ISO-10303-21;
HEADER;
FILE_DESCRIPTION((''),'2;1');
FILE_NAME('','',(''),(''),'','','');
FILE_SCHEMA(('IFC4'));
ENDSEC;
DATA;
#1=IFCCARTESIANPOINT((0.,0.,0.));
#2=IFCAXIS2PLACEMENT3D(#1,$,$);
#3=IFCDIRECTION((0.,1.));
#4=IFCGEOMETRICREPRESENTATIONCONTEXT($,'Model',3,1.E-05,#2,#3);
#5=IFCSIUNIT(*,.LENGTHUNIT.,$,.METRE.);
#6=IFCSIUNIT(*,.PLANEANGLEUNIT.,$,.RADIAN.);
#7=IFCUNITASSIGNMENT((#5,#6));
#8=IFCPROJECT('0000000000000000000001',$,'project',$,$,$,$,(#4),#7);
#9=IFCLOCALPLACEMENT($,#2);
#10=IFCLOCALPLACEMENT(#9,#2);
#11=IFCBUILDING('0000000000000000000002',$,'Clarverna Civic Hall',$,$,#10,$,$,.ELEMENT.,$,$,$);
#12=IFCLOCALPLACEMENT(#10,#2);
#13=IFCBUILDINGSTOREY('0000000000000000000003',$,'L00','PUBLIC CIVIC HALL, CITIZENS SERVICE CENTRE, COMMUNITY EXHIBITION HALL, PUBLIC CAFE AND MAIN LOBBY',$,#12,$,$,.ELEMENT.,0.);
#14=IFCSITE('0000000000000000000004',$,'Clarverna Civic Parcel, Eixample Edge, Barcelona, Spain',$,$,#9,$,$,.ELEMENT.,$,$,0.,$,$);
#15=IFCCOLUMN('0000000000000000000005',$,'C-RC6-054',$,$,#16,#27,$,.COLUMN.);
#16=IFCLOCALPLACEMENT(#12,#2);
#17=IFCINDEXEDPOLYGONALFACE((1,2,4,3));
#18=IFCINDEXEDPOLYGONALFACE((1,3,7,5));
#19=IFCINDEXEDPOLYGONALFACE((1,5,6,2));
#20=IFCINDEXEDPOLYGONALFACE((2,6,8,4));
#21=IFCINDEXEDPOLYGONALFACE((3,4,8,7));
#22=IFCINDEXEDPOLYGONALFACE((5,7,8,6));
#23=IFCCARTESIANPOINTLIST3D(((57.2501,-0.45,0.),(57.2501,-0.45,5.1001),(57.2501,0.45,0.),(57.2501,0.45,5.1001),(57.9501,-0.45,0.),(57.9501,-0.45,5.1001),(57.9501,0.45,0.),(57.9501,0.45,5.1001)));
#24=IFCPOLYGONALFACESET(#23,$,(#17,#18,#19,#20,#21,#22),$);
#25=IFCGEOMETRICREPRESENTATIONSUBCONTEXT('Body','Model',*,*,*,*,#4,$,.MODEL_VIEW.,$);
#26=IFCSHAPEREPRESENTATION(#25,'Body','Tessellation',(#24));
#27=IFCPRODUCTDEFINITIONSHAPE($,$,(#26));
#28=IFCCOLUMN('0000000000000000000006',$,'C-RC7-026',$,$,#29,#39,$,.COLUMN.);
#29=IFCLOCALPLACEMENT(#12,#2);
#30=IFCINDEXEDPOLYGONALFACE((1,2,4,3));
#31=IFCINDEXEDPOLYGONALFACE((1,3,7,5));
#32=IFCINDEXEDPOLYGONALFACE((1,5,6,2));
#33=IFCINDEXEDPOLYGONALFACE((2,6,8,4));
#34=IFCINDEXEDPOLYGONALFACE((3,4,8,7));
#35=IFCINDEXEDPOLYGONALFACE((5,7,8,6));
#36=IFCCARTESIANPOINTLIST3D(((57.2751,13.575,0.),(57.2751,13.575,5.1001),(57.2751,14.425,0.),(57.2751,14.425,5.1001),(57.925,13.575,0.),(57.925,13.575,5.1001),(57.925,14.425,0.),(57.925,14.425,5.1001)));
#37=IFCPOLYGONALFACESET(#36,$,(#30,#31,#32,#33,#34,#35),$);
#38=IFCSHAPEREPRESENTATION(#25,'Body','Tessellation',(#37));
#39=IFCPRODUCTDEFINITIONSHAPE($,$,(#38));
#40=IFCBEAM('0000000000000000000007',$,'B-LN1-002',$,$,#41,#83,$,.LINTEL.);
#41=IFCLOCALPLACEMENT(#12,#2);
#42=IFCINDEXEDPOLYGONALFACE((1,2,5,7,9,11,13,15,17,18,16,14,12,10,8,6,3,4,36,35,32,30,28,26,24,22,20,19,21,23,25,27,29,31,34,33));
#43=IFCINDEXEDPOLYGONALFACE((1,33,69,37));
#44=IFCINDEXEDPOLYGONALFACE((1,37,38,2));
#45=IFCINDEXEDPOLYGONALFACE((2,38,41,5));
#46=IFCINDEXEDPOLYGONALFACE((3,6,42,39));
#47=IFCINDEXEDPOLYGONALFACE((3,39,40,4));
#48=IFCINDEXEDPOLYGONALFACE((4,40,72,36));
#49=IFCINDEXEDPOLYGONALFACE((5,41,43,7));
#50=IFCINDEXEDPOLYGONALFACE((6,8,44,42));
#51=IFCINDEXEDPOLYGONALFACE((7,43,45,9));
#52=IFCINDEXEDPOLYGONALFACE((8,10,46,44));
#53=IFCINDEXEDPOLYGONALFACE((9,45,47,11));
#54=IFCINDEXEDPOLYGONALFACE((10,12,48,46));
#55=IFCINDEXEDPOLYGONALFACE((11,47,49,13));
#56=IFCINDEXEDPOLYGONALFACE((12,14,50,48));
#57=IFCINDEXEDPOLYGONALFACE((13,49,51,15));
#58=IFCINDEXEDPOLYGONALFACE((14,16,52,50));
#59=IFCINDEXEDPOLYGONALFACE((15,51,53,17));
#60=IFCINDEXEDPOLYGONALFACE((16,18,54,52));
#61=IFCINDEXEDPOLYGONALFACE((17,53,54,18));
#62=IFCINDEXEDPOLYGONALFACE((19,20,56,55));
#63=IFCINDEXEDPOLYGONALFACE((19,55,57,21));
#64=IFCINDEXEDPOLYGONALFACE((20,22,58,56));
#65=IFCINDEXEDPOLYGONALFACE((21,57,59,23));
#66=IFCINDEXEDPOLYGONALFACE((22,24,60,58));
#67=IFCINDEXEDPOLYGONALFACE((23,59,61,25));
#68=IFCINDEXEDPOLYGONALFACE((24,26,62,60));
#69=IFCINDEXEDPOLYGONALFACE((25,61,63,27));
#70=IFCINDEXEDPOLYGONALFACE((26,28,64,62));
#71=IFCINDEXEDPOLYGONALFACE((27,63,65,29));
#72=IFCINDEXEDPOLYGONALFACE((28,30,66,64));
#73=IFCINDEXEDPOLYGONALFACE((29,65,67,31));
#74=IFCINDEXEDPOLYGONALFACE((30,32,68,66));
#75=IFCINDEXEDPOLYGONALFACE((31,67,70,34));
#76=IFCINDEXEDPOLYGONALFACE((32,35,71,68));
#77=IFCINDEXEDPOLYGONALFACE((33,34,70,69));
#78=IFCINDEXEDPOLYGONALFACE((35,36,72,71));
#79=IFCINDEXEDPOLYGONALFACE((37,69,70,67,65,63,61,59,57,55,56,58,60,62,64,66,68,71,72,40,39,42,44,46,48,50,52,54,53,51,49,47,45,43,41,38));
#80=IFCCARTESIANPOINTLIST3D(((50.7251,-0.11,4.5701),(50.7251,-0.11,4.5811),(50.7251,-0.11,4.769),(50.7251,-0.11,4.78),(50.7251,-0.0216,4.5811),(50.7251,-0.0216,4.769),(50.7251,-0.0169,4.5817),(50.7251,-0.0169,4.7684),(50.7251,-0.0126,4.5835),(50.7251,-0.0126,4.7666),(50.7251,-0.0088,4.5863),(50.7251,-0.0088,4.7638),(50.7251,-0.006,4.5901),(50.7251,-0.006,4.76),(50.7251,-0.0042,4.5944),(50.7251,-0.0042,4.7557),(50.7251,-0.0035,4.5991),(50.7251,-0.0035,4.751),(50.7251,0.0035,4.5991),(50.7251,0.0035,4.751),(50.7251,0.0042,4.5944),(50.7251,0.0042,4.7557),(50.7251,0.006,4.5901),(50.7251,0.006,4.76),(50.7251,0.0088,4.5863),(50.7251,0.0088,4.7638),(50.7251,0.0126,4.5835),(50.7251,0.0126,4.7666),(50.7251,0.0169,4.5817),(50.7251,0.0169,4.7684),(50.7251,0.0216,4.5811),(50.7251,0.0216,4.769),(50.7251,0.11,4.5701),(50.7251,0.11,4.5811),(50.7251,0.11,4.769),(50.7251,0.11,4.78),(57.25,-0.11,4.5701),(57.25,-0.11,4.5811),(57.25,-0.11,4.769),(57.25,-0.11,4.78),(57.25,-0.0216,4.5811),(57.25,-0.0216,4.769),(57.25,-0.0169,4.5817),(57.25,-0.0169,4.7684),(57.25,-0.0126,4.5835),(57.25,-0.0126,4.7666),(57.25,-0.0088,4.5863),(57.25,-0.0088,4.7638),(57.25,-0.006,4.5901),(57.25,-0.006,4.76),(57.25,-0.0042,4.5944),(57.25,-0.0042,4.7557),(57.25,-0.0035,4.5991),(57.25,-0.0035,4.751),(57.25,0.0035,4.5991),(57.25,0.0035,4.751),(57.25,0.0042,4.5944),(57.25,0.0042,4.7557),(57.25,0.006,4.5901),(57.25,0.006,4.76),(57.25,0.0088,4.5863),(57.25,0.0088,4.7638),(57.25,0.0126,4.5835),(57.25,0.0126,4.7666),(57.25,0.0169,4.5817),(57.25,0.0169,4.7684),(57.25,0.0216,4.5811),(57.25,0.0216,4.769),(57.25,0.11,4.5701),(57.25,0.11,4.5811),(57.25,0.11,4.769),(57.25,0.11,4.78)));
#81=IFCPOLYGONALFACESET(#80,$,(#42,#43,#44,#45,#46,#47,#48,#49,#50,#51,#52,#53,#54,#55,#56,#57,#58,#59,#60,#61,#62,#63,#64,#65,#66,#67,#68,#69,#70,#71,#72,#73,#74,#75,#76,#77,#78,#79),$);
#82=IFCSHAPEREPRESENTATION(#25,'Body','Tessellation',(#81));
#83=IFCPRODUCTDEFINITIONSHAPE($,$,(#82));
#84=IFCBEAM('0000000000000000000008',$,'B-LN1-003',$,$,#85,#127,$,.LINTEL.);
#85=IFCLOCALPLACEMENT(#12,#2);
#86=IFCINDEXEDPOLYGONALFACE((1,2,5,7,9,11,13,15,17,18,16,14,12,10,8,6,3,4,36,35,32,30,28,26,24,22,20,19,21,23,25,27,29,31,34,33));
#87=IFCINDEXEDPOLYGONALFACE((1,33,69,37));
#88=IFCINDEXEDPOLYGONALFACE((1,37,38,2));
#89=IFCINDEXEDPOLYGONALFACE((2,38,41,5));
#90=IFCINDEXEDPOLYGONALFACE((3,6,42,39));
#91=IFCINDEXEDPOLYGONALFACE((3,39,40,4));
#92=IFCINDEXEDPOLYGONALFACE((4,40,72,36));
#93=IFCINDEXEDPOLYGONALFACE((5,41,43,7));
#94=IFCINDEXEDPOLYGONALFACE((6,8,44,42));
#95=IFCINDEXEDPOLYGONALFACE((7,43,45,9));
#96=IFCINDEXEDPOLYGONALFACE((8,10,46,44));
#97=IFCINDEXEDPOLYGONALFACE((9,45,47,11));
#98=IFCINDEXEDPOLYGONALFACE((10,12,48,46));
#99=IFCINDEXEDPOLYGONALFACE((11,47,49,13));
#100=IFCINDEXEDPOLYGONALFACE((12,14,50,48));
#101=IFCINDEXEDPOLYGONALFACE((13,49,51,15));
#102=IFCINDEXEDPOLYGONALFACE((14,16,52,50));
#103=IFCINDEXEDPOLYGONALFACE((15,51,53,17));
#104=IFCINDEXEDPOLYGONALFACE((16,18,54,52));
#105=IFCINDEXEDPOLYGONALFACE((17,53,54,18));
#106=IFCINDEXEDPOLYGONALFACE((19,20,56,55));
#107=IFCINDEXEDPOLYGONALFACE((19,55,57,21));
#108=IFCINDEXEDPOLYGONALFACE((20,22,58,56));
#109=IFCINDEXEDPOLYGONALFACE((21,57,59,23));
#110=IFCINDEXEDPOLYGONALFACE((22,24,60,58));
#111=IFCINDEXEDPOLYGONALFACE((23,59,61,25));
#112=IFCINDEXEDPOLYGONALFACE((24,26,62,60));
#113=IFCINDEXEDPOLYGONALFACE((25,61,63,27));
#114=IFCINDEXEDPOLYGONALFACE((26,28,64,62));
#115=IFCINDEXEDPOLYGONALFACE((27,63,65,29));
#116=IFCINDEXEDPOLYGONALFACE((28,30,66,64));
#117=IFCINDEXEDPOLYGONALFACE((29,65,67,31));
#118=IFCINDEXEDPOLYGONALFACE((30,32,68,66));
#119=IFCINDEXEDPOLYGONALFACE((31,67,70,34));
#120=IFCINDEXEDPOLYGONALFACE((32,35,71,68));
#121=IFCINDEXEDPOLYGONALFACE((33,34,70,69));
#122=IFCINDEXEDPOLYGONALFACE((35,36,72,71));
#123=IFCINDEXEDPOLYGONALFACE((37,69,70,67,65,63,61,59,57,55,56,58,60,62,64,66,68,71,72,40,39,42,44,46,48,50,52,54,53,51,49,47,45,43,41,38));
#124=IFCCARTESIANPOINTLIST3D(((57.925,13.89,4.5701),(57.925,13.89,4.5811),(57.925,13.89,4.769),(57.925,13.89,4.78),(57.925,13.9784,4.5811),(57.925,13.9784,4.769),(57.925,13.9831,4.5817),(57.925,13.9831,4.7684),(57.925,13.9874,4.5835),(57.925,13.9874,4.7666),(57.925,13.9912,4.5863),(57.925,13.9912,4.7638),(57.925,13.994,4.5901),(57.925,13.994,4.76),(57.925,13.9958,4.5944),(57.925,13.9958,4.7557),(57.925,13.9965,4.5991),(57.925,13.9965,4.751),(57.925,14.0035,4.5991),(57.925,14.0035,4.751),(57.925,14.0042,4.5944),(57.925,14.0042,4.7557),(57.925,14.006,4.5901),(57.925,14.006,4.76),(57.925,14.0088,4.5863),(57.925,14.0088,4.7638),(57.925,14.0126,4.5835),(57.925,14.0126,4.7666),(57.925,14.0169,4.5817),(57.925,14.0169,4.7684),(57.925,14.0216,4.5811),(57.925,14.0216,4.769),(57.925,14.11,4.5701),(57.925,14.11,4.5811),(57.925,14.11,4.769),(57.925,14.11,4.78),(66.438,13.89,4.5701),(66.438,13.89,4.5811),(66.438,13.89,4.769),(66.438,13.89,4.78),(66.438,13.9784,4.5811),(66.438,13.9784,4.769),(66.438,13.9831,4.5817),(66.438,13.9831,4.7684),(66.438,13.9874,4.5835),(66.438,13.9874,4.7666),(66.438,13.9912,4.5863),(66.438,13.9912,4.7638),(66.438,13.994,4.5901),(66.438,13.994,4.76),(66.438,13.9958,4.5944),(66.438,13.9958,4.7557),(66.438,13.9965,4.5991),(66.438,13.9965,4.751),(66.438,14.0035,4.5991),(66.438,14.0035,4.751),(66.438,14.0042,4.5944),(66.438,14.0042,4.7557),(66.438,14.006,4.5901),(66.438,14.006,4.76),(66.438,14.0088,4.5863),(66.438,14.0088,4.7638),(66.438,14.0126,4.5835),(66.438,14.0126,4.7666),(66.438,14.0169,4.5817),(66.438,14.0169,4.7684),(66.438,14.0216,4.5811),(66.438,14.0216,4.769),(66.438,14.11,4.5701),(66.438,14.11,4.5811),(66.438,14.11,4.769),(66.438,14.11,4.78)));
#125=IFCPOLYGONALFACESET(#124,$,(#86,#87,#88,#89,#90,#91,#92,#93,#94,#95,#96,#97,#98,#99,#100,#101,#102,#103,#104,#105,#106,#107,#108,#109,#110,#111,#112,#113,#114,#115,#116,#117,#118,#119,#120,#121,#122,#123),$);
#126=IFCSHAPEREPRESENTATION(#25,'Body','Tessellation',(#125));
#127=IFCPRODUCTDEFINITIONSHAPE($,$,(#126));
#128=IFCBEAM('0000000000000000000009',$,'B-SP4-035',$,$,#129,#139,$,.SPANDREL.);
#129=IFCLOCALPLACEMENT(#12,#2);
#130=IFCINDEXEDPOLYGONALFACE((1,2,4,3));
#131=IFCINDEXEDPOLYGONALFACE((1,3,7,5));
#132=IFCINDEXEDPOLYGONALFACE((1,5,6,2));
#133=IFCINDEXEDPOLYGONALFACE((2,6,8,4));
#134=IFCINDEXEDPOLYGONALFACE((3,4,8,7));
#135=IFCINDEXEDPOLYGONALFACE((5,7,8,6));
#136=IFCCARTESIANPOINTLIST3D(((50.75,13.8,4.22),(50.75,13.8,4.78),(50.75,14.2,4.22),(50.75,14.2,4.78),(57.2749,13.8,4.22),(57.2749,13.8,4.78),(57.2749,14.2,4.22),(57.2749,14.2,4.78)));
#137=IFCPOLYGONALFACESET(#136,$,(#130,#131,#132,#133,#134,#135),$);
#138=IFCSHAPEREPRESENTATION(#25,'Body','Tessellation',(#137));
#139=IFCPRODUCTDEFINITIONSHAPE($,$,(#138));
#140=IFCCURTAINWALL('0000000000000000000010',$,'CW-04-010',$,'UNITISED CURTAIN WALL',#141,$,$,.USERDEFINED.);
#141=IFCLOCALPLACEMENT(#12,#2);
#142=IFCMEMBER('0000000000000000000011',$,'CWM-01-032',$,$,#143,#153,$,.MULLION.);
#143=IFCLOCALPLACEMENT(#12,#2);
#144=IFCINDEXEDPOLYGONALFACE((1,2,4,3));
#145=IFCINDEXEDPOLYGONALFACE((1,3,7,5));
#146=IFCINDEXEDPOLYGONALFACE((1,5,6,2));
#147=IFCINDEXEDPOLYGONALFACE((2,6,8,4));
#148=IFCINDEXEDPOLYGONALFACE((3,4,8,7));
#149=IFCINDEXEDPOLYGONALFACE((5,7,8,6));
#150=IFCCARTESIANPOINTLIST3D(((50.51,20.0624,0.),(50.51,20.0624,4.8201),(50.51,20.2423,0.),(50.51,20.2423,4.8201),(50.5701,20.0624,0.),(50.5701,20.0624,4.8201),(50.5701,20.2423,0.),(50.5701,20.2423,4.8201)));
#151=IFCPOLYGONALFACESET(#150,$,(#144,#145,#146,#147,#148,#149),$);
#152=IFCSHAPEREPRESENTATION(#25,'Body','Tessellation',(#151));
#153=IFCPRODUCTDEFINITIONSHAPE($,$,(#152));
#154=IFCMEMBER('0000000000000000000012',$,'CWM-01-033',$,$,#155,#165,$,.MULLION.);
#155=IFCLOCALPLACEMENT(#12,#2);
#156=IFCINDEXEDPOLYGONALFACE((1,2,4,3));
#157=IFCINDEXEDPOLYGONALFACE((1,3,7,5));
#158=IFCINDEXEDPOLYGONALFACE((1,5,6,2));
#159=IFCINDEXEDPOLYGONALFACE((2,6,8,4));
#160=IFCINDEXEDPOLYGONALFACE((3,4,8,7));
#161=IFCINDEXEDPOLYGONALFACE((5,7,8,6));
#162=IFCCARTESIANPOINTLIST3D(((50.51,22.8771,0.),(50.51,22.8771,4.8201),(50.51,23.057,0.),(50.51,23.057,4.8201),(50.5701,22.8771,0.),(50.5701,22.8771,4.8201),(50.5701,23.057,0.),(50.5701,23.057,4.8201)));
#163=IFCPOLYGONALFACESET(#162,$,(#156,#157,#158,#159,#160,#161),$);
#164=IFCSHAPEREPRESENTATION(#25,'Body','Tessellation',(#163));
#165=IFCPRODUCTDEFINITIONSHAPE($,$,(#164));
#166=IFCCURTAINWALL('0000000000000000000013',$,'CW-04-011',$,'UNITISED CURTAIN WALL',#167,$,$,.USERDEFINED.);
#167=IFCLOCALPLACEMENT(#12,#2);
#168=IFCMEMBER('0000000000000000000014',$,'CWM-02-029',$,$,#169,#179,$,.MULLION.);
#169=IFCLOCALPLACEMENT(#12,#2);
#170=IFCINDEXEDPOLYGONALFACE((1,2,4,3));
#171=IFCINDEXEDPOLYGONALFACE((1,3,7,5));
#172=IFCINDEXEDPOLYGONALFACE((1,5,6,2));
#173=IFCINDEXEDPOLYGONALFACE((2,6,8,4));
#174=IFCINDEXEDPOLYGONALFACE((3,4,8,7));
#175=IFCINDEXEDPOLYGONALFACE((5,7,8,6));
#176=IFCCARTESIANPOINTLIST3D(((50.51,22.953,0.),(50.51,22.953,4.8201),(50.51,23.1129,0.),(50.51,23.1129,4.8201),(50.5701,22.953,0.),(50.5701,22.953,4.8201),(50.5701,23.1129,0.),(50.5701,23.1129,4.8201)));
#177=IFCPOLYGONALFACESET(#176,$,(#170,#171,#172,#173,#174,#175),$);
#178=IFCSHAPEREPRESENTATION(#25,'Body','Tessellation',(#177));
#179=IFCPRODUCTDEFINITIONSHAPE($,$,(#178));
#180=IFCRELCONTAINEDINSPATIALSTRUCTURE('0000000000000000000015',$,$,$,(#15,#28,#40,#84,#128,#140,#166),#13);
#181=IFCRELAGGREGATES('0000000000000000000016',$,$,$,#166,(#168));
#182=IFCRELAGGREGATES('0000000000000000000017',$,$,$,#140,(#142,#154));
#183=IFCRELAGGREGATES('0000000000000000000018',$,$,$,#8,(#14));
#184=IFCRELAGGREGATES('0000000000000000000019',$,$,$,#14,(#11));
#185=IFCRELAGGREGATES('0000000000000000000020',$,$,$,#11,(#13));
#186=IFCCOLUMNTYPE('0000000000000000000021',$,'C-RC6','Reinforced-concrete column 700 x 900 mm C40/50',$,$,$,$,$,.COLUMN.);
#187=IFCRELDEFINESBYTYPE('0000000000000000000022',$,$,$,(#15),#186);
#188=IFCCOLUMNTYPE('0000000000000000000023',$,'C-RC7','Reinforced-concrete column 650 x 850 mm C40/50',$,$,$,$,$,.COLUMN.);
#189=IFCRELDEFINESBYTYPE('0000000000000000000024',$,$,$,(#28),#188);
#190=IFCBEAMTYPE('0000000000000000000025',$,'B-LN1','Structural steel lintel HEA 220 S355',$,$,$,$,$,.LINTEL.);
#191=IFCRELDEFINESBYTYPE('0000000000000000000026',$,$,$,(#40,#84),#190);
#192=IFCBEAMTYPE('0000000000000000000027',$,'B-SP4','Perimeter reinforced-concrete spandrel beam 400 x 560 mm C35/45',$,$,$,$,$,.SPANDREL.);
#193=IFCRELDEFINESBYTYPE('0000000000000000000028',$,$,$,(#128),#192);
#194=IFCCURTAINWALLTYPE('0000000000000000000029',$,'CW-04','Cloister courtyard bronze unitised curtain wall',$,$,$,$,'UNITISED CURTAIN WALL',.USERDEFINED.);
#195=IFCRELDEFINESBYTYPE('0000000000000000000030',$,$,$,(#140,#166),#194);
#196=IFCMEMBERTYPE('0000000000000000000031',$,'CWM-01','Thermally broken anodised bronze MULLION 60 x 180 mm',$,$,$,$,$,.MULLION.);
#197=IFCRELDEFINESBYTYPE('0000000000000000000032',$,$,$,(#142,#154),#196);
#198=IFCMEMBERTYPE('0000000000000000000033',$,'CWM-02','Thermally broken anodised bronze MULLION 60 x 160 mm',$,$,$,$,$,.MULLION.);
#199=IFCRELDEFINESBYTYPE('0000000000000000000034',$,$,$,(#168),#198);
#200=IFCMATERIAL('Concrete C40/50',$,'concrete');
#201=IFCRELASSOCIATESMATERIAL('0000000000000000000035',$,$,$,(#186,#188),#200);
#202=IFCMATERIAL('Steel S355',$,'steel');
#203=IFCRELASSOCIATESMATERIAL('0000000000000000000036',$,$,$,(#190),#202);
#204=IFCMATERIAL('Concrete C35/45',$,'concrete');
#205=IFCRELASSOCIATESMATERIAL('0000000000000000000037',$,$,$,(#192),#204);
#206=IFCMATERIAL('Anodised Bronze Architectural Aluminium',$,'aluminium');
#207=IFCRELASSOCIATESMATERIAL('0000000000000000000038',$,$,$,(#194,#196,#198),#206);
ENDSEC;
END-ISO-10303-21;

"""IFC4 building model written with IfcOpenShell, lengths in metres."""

from ifc_helpers import new_model, si_unit, direction, frame, origin, origin_2d, place, context, subcontext, project, spatial, rectangle, i_section, extrude, material, material_profile, profile_set, type_object, element, aggregate, save


model = new_model("IFC4")

# Units and contexts
model_context = context("Model", 3, precision=1e-05, world=origin(), true_north=direction((0.0, 1.0)))
body_context = subcontext(model_context, "Body", "Model", "MODEL_VIEW")
ifc_project = project(units=[si_unit("LENGTHUNIT", "METRE"), si_unit("PLANEANGLEUNIT", "RADIAN")], contexts=[model_context])

# Site, building, storey
site_placement = place(None, origin())
site = spatial("IfcSite", under=ifc_project, at=site_placement, Name="Clarverna Civic Parcel, Eixample Edge, Barcelona, Spain", CompositionType="ELEMENT", RefElevation=0.0)
building_placement = place(site_placement, origin())
building = spatial("IfcBuilding", under=site, at=building_placement, Name="Clarverna Civic Hall", CompositionType="ELEMENT")
storey_placement = place(building_placement, origin())
storey = spatial("IfcBuildingStorey", under=building, at=storey_placement, Name="L00", Description="PUBLIC CIVIC HALL, CITIZENS SERVICE CENTRE, COMMUNITY EXHIBITION HALL, PUBLIC CAFE AND MAIN LOBBY", CompositionType="ELEMENT", Elevation=0.0)

# Columns
ifc_material_1 = material(Name="Concrete C40/50", Category="concrete")
ifc_material_profile_1 = material_profile(ifc_material_1, rectangle(XDim=0.7, YDim=0.8999, at=origin_2d()), Name="RC 700x900")
ifc_profile_set_1 = profile_set([ifc_material_profile_1], Name="Concrete C40/50")
column_type_1 = type_object("IfcColumnType", Name="C-RC6", Description="Reinforced-concrete column 700 x 900 mm C40/50", PredefinedType="COLUMN", material=ifc_profile_set_1)
column_1_placement = place(storey_placement, frame((57.6001, 0.0, 0.0), z_axis=(0.0, 0.0, 1.0), x_axis=(1.0, 0.0, 0.0)))
element("IfcColumn", 1, at=column_1_placement, inside=storey, type_object=column_type_1, Name="C-RC6-054", PredefinedType="COLUMN", context=body_context, shape_type="SweptSolid", body=[
    extrude(rectangle(XDim=0.7, YDim=0.8999, at=origin_2d()), origin(), (0.0, 0.0, 1.0), 5.1001),
])
ifc_material_profile_2 = material_profile(ifc_material_1, rectangle(XDim=0.6499, YDim=0.8501, at=origin_2d()), Name="RC 650x850")
ifc_profile_set_2 = profile_set([ifc_material_profile_2], Name="Concrete C40/50")
column_type_2 = type_object("IfcColumnType", Name="C-RC7", Description="Reinforced-concrete column 650 x 850 mm C40/50", PredefinedType="COLUMN", material=ifc_profile_set_2)
column_2_placement = place(storey_placement, frame((57.6001, 14.0, 0.0), z_axis=(0.0, 0.0, 1.0), x_axis=(1.0, 0.0, 0.0)))
element("IfcColumn", 2, at=column_2_placement, inside=storey, type_object=column_type_2, Name="C-RC7-026", PredefinedType="COLUMN", context=body_context, shape_type="SweptSolid", body=[
    extrude(rectangle(XDim=0.6499, YDim=0.8501, at=origin_2d()), origin(), (0.0, 0.0, 1.0), 5.1001),
])

# Beams
ifc_material_2 = material(Name="Steel S355", Category="steel")
ifc_material_profile_3 = material_profile(ifc_material_2, i_section(OverallWidth=0.22, OverallDepth=0.21, WebThickness=0.0071, FlangeThickness=0.011, FilletRadius=0.0181, at=origin_2d()), Name="HEA 220")
ifc_profile_set_3 = profile_set([ifc_material_profile_3], Name="Steel S355")
beam_type_1 = type_object("IfcBeamType", Name="B-LN1", Description="Structural steel lintel HEA 220 S355", PredefinedType="LINTEL", material=ifc_profile_set_3)
beam_1_placement = place(storey_placement, frame((50.7251, 0.0, 4.675), z_axis=(1.0, 0.0, 0.0), x_axis=(0.0, 1.0, 0.0)))
element("IfcBeam", 3, at=beam_1_placement, inside=storey, type_object=beam_type_1, Name="B-LN1-002", PredefinedType="LINTEL", context=body_context, shape_type="SweptSolid", body=[
    extrude(i_section(OverallWidth=0.22, OverallDepth=0.21, WebThickness=0.0071, FlangeThickness=0.011, FilletRadius=0.0181, at=origin_2d()), origin(), (0.0, 0.0, 1.0), 6.5249),
])
beam_2_placement = place(storey_placement, frame((57.925, 14.0, 4.675), z_axis=(1.0, 0.0, 0.0), x_axis=(0.0, 1.0, 0.0)))
element("IfcBeam", 4, at=beam_2_placement, inside=storey, type_object=beam_type_1, Name="B-LN1-003", PredefinedType="LINTEL", context=body_context, shape_type="SweptSolid", body=[
    extrude(i_section(OverallWidth=0.22, OverallDepth=0.21, WebThickness=0.0071, FlangeThickness=0.011, FilletRadius=0.0181, at=origin_2d()), origin(), (0.0, 0.0, 1.0), 8.5129),
])
ifc_material_3 = material(Name="Concrete C35/45", Category="concrete")
ifc_material_profile_4 = material_profile(ifc_material_3, rectangle(XDim=0.3999, YDim=0.5601, at=origin_2d()), Name="RC 400x560")
ifc_profile_set_4 = profile_set([ifc_material_profile_4], Name="Concrete C35/45")
beam_type_2 = type_object("IfcBeamType", Name="B-SP4", Description="Perimeter reinforced-concrete spandrel beam 400 x 560 mm C35/45", PredefinedType="SPANDREL", material=ifc_profile_set_4)
beam_3_placement = place(storey_placement, frame((50.75, 14.0, 4.5), z_axis=(1.0, 0.0, 0.0), x_axis=(0.0, 1.0, 0.0)))
element("IfcBeam", 5, at=beam_3_placement, inside=storey, type_object=beam_type_2, Name="B-SP4-035", PredefinedType="SPANDREL", context=body_context, shape_type="SweptSolid", body=[
    extrude(rectangle(XDim=0.3999, YDim=0.5601, at=origin_2d()), origin(), (0.0, 0.0, 1.0), 6.5249),
])

# Curtain wall, members
ifc_material_4 = material(Name="Anodised Bronze Architectural Aluminium", Category="aluminium")
curtain_wall_type = type_object("IfcCurtainWallType", Name="CW-04", Description="Cloister courtyard bronze unitised curtain wall", ElementType="UNITISED CURTAIN WALL", PredefinedType="USERDEFINED", material=ifc_material_4)
curtain_wall_1_placement = place(storey_placement, origin())
curtain_wall_1 = element("IfcCurtainWall", 6, at=curtain_wall_1_placement, inside=storey, type_object=curtain_wall_type, Name="CW-04-010", ObjectType="UNITISED CURTAIN WALL", PredefinedType="USERDEFINED")
ifc_material_profile_5 = material_profile(ifc_material_4, rectangle(XDim=0.0601, YDim=0.1799, at=origin_2d()), Name="BRONZE 60x180")
ifc_profile_set_5 = profile_set([ifc_material_profile_5], Name="Anodised Bronze Architectural Aluminium")
member_type_1 = type_object("IfcMemberType", Name="CWM-01", Description="Thermally broken anodised bronze MULLION 60 x 180 mm", PredefinedType="MULLION", material=ifc_profile_set_5)
member_1_placement = place(storey_placement, frame((50.54, 20.1523, 0.0), z_axis=(0.0, 0.0, 1.0), x_axis=(1.0, 0.0, 0.0)))
member_1 = element("IfcMember", 7, at=member_1_placement, type_object=member_type_1, Name="CWM-01-032", PredefinedType="MULLION", context=body_context, shape_type="SweptSolid", body=[
    extrude(rectangle(XDim=0.0601, YDim=0.1799, at=origin_2d()), origin(), (0.0, 0.0, 1.0), 4.8201),
])
member_2_placement = place(storey_placement, frame((50.54, 22.967, 0.0), z_axis=(0.0, 0.0, 1.0), x_axis=(1.0, 0.0, 0.0)))
member_2 = element("IfcMember", 8, at=member_2_placement, type_object=member_type_1, Name="CWM-01-033", PredefinedType="MULLION", context=body_context, shape_type="SweptSolid", body=[
    extrude(rectangle(XDim=0.0601, YDim=0.1799, at=origin_2d()), origin(), (0.0, 0.0, 1.0), 4.8201),
])

# Curtain wall, member
curtain_wall_2_placement = place(storey_placement, origin())
curtain_wall_2 = element("IfcCurtainWall", 9, at=curtain_wall_2_placement, inside=storey, type_object=curtain_wall_type, Name="CW-04-011", ObjectType="UNITISED CURTAIN WALL", PredefinedType="USERDEFINED")
ifc_material_profile_6 = material_profile(ifc_material_4, rectangle(XDim=0.0601, YDim=0.1599, at=origin_2d()), Name="BRONZE 60x160")
ifc_profile_set_6 = profile_set([ifc_material_profile_6], Name="Anodised Bronze Architectural Aluminium")
member_type_2 = type_object("IfcMemberType", Name="CWM-02", Description="Thermally broken anodised bronze MULLION 60 x 160 mm", PredefinedType="MULLION", material=ifc_profile_set_6)
member_3_placement = place(storey_placement, frame((50.54, 23.033, 0.0), z_axis=(0.0, 0.0, 1.0), x_axis=(1.0, 0.0, 0.0)))
member_3 = element("IfcMember", 10, at=member_3_placement, type_object=member_type_2, Name="CWM-02-029", PredefinedType="MULLION", context=body_context, shape_type="SweptSolid", body=[
    extrude(rectangle(XDim=0.0601, YDim=0.1599, at=origin_2d()), origin(), (0.0, 0.0, 1.0), 4.8201),
])

aggregate(curtain_wall_2, [member_3])

aggregate(curtain_wall_1, [member_1, member_2])

save(model, "model.ifc")
